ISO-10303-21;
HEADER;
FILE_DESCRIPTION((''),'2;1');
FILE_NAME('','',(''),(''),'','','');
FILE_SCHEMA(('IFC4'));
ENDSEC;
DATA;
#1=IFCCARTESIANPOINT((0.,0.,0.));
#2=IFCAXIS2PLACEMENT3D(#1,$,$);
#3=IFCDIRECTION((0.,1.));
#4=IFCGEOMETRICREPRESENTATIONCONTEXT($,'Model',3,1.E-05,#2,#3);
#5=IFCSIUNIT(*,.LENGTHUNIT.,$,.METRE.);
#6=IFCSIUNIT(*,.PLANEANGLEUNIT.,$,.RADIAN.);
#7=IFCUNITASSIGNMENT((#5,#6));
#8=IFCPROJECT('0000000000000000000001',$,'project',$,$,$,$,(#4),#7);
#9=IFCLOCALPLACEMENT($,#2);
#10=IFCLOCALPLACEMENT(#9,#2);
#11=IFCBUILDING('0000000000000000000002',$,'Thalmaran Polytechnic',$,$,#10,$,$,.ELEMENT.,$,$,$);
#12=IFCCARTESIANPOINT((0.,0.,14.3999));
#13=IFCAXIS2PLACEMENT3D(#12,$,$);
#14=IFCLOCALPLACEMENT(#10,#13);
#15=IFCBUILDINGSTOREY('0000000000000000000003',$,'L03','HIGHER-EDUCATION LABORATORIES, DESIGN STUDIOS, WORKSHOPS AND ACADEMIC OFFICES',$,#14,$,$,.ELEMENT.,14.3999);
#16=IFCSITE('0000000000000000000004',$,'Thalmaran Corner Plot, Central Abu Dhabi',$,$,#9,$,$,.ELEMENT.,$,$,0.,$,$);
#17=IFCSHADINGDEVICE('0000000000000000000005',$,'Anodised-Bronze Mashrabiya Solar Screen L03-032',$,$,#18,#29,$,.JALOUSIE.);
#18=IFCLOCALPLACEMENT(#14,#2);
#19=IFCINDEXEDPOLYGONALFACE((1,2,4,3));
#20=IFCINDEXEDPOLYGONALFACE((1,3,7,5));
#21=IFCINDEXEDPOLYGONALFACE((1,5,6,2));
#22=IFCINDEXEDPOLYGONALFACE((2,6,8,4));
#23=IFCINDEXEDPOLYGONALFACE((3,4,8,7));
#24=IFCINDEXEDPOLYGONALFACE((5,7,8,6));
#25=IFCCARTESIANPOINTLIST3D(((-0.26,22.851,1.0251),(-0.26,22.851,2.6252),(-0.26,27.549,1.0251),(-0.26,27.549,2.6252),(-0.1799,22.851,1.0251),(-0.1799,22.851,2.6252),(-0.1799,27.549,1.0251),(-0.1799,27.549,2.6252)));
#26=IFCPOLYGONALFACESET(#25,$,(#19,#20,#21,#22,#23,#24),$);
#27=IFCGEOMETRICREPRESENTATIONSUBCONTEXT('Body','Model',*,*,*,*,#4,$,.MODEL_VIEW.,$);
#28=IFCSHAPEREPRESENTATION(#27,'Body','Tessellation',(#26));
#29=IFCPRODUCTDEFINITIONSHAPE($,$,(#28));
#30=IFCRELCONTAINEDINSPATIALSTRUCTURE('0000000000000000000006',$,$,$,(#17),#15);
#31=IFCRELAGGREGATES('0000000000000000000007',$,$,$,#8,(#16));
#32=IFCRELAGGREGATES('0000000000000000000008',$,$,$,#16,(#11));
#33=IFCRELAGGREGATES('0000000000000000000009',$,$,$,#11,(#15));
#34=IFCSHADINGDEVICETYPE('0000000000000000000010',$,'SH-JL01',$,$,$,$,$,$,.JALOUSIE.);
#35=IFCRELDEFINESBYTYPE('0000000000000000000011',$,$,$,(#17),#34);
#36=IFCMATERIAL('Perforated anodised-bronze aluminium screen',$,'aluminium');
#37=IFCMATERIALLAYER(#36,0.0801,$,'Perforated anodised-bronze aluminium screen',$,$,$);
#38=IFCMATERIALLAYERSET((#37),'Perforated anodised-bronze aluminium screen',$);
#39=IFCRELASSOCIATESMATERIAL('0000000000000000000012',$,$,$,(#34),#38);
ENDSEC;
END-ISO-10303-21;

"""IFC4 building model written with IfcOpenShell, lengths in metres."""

from ifc_helpers import new_model, si_unit, direction, frame, origin, origin_2d, place, context, subcontext, project, spatial, rectangle, extrude, material, layer, layer_set, type_object, element, save


model = new_model("IFC4")

# Units and contexts
model_context = context("Model", 3, precision=1e-05, world=origin(), true_north=direction((0.0, 1.0)))
body_context = subcontext(model_context, "Body", "Model", "MODEL_VIEW")
ifc_project = project(units=[si_unit("LENGTHUNIT", "METRE"), si_unit("PLANEANGLEUNIT", "RADIAN")], contexts=[model_context])

# Site, building, storey
site_placement = place(None, origin())
site = spatial("IfcSite", under=ifc_project, at=site_placement, Name="Thalmaran Corner Plot, Central Abu Dhabi", CompositionType="ELEMENT", RefElevation=0.0)
building_placement = place(site_placement, origin())
building = spatial("IfcBuilding", under=site, at=building_placement, Name="Thalmaran Polytechnic", CompositionType="ELEMENT")
storey_placement = place(building_placement, frame((0.0, 0.0, 14.3999)))
storey = spatial("IfcBuildingStorey", under=building, at=storey_placement, Name="L03", Description="HIGHER-EDUCATION LABORATORIES, DESIGN STUDIOS, WORKSHOPS AND ACADEMIC OFFICES", CompositionType="ELEMENT", Elevation=14.3999)

# Shading device
ifc_material_1 = material(Name="Perforated anodised-bronze aluminium screen", Category="aluminium")
ifc_layer_1 = layer(ifc_material_1, 0.0801, Name="Perforated anodised-bronze aluminium screen")
ifc_layer_set_1 = layer_set([ifc_layer_1], Name="Perforated anodised-bronze aluminium screen")
shading_device_type = type_object("IfcShadingDeviceType", Name="SH-JL01", PredefinedType="JALOUSIE", material=ifc_layer_set_1)
shading_device_placement = place(storey_placement, frame((-0.22, 25.2, 1.0251), z_axis=(0.0, 0.0, 1.0), x_axis=(0.0, 1.0, 0.0)))
element("IfcShadingDevice", 1, at=shading_device_placement, inside=storey, type_object=shading_device_type, Name="Anodised-Bronze Mashrabiya Solar Screen L03-032", PredefinedType="JALOUSIE", context=body_context, shape_type="SweptSolid", body=[
    extrude(rectangle(XDim=4.698, YDim=0.0801, at=origin_2d()), origin(), (0.0, 0.0, 1.0), 1.6001),
])

save(model, "model.ifc")
